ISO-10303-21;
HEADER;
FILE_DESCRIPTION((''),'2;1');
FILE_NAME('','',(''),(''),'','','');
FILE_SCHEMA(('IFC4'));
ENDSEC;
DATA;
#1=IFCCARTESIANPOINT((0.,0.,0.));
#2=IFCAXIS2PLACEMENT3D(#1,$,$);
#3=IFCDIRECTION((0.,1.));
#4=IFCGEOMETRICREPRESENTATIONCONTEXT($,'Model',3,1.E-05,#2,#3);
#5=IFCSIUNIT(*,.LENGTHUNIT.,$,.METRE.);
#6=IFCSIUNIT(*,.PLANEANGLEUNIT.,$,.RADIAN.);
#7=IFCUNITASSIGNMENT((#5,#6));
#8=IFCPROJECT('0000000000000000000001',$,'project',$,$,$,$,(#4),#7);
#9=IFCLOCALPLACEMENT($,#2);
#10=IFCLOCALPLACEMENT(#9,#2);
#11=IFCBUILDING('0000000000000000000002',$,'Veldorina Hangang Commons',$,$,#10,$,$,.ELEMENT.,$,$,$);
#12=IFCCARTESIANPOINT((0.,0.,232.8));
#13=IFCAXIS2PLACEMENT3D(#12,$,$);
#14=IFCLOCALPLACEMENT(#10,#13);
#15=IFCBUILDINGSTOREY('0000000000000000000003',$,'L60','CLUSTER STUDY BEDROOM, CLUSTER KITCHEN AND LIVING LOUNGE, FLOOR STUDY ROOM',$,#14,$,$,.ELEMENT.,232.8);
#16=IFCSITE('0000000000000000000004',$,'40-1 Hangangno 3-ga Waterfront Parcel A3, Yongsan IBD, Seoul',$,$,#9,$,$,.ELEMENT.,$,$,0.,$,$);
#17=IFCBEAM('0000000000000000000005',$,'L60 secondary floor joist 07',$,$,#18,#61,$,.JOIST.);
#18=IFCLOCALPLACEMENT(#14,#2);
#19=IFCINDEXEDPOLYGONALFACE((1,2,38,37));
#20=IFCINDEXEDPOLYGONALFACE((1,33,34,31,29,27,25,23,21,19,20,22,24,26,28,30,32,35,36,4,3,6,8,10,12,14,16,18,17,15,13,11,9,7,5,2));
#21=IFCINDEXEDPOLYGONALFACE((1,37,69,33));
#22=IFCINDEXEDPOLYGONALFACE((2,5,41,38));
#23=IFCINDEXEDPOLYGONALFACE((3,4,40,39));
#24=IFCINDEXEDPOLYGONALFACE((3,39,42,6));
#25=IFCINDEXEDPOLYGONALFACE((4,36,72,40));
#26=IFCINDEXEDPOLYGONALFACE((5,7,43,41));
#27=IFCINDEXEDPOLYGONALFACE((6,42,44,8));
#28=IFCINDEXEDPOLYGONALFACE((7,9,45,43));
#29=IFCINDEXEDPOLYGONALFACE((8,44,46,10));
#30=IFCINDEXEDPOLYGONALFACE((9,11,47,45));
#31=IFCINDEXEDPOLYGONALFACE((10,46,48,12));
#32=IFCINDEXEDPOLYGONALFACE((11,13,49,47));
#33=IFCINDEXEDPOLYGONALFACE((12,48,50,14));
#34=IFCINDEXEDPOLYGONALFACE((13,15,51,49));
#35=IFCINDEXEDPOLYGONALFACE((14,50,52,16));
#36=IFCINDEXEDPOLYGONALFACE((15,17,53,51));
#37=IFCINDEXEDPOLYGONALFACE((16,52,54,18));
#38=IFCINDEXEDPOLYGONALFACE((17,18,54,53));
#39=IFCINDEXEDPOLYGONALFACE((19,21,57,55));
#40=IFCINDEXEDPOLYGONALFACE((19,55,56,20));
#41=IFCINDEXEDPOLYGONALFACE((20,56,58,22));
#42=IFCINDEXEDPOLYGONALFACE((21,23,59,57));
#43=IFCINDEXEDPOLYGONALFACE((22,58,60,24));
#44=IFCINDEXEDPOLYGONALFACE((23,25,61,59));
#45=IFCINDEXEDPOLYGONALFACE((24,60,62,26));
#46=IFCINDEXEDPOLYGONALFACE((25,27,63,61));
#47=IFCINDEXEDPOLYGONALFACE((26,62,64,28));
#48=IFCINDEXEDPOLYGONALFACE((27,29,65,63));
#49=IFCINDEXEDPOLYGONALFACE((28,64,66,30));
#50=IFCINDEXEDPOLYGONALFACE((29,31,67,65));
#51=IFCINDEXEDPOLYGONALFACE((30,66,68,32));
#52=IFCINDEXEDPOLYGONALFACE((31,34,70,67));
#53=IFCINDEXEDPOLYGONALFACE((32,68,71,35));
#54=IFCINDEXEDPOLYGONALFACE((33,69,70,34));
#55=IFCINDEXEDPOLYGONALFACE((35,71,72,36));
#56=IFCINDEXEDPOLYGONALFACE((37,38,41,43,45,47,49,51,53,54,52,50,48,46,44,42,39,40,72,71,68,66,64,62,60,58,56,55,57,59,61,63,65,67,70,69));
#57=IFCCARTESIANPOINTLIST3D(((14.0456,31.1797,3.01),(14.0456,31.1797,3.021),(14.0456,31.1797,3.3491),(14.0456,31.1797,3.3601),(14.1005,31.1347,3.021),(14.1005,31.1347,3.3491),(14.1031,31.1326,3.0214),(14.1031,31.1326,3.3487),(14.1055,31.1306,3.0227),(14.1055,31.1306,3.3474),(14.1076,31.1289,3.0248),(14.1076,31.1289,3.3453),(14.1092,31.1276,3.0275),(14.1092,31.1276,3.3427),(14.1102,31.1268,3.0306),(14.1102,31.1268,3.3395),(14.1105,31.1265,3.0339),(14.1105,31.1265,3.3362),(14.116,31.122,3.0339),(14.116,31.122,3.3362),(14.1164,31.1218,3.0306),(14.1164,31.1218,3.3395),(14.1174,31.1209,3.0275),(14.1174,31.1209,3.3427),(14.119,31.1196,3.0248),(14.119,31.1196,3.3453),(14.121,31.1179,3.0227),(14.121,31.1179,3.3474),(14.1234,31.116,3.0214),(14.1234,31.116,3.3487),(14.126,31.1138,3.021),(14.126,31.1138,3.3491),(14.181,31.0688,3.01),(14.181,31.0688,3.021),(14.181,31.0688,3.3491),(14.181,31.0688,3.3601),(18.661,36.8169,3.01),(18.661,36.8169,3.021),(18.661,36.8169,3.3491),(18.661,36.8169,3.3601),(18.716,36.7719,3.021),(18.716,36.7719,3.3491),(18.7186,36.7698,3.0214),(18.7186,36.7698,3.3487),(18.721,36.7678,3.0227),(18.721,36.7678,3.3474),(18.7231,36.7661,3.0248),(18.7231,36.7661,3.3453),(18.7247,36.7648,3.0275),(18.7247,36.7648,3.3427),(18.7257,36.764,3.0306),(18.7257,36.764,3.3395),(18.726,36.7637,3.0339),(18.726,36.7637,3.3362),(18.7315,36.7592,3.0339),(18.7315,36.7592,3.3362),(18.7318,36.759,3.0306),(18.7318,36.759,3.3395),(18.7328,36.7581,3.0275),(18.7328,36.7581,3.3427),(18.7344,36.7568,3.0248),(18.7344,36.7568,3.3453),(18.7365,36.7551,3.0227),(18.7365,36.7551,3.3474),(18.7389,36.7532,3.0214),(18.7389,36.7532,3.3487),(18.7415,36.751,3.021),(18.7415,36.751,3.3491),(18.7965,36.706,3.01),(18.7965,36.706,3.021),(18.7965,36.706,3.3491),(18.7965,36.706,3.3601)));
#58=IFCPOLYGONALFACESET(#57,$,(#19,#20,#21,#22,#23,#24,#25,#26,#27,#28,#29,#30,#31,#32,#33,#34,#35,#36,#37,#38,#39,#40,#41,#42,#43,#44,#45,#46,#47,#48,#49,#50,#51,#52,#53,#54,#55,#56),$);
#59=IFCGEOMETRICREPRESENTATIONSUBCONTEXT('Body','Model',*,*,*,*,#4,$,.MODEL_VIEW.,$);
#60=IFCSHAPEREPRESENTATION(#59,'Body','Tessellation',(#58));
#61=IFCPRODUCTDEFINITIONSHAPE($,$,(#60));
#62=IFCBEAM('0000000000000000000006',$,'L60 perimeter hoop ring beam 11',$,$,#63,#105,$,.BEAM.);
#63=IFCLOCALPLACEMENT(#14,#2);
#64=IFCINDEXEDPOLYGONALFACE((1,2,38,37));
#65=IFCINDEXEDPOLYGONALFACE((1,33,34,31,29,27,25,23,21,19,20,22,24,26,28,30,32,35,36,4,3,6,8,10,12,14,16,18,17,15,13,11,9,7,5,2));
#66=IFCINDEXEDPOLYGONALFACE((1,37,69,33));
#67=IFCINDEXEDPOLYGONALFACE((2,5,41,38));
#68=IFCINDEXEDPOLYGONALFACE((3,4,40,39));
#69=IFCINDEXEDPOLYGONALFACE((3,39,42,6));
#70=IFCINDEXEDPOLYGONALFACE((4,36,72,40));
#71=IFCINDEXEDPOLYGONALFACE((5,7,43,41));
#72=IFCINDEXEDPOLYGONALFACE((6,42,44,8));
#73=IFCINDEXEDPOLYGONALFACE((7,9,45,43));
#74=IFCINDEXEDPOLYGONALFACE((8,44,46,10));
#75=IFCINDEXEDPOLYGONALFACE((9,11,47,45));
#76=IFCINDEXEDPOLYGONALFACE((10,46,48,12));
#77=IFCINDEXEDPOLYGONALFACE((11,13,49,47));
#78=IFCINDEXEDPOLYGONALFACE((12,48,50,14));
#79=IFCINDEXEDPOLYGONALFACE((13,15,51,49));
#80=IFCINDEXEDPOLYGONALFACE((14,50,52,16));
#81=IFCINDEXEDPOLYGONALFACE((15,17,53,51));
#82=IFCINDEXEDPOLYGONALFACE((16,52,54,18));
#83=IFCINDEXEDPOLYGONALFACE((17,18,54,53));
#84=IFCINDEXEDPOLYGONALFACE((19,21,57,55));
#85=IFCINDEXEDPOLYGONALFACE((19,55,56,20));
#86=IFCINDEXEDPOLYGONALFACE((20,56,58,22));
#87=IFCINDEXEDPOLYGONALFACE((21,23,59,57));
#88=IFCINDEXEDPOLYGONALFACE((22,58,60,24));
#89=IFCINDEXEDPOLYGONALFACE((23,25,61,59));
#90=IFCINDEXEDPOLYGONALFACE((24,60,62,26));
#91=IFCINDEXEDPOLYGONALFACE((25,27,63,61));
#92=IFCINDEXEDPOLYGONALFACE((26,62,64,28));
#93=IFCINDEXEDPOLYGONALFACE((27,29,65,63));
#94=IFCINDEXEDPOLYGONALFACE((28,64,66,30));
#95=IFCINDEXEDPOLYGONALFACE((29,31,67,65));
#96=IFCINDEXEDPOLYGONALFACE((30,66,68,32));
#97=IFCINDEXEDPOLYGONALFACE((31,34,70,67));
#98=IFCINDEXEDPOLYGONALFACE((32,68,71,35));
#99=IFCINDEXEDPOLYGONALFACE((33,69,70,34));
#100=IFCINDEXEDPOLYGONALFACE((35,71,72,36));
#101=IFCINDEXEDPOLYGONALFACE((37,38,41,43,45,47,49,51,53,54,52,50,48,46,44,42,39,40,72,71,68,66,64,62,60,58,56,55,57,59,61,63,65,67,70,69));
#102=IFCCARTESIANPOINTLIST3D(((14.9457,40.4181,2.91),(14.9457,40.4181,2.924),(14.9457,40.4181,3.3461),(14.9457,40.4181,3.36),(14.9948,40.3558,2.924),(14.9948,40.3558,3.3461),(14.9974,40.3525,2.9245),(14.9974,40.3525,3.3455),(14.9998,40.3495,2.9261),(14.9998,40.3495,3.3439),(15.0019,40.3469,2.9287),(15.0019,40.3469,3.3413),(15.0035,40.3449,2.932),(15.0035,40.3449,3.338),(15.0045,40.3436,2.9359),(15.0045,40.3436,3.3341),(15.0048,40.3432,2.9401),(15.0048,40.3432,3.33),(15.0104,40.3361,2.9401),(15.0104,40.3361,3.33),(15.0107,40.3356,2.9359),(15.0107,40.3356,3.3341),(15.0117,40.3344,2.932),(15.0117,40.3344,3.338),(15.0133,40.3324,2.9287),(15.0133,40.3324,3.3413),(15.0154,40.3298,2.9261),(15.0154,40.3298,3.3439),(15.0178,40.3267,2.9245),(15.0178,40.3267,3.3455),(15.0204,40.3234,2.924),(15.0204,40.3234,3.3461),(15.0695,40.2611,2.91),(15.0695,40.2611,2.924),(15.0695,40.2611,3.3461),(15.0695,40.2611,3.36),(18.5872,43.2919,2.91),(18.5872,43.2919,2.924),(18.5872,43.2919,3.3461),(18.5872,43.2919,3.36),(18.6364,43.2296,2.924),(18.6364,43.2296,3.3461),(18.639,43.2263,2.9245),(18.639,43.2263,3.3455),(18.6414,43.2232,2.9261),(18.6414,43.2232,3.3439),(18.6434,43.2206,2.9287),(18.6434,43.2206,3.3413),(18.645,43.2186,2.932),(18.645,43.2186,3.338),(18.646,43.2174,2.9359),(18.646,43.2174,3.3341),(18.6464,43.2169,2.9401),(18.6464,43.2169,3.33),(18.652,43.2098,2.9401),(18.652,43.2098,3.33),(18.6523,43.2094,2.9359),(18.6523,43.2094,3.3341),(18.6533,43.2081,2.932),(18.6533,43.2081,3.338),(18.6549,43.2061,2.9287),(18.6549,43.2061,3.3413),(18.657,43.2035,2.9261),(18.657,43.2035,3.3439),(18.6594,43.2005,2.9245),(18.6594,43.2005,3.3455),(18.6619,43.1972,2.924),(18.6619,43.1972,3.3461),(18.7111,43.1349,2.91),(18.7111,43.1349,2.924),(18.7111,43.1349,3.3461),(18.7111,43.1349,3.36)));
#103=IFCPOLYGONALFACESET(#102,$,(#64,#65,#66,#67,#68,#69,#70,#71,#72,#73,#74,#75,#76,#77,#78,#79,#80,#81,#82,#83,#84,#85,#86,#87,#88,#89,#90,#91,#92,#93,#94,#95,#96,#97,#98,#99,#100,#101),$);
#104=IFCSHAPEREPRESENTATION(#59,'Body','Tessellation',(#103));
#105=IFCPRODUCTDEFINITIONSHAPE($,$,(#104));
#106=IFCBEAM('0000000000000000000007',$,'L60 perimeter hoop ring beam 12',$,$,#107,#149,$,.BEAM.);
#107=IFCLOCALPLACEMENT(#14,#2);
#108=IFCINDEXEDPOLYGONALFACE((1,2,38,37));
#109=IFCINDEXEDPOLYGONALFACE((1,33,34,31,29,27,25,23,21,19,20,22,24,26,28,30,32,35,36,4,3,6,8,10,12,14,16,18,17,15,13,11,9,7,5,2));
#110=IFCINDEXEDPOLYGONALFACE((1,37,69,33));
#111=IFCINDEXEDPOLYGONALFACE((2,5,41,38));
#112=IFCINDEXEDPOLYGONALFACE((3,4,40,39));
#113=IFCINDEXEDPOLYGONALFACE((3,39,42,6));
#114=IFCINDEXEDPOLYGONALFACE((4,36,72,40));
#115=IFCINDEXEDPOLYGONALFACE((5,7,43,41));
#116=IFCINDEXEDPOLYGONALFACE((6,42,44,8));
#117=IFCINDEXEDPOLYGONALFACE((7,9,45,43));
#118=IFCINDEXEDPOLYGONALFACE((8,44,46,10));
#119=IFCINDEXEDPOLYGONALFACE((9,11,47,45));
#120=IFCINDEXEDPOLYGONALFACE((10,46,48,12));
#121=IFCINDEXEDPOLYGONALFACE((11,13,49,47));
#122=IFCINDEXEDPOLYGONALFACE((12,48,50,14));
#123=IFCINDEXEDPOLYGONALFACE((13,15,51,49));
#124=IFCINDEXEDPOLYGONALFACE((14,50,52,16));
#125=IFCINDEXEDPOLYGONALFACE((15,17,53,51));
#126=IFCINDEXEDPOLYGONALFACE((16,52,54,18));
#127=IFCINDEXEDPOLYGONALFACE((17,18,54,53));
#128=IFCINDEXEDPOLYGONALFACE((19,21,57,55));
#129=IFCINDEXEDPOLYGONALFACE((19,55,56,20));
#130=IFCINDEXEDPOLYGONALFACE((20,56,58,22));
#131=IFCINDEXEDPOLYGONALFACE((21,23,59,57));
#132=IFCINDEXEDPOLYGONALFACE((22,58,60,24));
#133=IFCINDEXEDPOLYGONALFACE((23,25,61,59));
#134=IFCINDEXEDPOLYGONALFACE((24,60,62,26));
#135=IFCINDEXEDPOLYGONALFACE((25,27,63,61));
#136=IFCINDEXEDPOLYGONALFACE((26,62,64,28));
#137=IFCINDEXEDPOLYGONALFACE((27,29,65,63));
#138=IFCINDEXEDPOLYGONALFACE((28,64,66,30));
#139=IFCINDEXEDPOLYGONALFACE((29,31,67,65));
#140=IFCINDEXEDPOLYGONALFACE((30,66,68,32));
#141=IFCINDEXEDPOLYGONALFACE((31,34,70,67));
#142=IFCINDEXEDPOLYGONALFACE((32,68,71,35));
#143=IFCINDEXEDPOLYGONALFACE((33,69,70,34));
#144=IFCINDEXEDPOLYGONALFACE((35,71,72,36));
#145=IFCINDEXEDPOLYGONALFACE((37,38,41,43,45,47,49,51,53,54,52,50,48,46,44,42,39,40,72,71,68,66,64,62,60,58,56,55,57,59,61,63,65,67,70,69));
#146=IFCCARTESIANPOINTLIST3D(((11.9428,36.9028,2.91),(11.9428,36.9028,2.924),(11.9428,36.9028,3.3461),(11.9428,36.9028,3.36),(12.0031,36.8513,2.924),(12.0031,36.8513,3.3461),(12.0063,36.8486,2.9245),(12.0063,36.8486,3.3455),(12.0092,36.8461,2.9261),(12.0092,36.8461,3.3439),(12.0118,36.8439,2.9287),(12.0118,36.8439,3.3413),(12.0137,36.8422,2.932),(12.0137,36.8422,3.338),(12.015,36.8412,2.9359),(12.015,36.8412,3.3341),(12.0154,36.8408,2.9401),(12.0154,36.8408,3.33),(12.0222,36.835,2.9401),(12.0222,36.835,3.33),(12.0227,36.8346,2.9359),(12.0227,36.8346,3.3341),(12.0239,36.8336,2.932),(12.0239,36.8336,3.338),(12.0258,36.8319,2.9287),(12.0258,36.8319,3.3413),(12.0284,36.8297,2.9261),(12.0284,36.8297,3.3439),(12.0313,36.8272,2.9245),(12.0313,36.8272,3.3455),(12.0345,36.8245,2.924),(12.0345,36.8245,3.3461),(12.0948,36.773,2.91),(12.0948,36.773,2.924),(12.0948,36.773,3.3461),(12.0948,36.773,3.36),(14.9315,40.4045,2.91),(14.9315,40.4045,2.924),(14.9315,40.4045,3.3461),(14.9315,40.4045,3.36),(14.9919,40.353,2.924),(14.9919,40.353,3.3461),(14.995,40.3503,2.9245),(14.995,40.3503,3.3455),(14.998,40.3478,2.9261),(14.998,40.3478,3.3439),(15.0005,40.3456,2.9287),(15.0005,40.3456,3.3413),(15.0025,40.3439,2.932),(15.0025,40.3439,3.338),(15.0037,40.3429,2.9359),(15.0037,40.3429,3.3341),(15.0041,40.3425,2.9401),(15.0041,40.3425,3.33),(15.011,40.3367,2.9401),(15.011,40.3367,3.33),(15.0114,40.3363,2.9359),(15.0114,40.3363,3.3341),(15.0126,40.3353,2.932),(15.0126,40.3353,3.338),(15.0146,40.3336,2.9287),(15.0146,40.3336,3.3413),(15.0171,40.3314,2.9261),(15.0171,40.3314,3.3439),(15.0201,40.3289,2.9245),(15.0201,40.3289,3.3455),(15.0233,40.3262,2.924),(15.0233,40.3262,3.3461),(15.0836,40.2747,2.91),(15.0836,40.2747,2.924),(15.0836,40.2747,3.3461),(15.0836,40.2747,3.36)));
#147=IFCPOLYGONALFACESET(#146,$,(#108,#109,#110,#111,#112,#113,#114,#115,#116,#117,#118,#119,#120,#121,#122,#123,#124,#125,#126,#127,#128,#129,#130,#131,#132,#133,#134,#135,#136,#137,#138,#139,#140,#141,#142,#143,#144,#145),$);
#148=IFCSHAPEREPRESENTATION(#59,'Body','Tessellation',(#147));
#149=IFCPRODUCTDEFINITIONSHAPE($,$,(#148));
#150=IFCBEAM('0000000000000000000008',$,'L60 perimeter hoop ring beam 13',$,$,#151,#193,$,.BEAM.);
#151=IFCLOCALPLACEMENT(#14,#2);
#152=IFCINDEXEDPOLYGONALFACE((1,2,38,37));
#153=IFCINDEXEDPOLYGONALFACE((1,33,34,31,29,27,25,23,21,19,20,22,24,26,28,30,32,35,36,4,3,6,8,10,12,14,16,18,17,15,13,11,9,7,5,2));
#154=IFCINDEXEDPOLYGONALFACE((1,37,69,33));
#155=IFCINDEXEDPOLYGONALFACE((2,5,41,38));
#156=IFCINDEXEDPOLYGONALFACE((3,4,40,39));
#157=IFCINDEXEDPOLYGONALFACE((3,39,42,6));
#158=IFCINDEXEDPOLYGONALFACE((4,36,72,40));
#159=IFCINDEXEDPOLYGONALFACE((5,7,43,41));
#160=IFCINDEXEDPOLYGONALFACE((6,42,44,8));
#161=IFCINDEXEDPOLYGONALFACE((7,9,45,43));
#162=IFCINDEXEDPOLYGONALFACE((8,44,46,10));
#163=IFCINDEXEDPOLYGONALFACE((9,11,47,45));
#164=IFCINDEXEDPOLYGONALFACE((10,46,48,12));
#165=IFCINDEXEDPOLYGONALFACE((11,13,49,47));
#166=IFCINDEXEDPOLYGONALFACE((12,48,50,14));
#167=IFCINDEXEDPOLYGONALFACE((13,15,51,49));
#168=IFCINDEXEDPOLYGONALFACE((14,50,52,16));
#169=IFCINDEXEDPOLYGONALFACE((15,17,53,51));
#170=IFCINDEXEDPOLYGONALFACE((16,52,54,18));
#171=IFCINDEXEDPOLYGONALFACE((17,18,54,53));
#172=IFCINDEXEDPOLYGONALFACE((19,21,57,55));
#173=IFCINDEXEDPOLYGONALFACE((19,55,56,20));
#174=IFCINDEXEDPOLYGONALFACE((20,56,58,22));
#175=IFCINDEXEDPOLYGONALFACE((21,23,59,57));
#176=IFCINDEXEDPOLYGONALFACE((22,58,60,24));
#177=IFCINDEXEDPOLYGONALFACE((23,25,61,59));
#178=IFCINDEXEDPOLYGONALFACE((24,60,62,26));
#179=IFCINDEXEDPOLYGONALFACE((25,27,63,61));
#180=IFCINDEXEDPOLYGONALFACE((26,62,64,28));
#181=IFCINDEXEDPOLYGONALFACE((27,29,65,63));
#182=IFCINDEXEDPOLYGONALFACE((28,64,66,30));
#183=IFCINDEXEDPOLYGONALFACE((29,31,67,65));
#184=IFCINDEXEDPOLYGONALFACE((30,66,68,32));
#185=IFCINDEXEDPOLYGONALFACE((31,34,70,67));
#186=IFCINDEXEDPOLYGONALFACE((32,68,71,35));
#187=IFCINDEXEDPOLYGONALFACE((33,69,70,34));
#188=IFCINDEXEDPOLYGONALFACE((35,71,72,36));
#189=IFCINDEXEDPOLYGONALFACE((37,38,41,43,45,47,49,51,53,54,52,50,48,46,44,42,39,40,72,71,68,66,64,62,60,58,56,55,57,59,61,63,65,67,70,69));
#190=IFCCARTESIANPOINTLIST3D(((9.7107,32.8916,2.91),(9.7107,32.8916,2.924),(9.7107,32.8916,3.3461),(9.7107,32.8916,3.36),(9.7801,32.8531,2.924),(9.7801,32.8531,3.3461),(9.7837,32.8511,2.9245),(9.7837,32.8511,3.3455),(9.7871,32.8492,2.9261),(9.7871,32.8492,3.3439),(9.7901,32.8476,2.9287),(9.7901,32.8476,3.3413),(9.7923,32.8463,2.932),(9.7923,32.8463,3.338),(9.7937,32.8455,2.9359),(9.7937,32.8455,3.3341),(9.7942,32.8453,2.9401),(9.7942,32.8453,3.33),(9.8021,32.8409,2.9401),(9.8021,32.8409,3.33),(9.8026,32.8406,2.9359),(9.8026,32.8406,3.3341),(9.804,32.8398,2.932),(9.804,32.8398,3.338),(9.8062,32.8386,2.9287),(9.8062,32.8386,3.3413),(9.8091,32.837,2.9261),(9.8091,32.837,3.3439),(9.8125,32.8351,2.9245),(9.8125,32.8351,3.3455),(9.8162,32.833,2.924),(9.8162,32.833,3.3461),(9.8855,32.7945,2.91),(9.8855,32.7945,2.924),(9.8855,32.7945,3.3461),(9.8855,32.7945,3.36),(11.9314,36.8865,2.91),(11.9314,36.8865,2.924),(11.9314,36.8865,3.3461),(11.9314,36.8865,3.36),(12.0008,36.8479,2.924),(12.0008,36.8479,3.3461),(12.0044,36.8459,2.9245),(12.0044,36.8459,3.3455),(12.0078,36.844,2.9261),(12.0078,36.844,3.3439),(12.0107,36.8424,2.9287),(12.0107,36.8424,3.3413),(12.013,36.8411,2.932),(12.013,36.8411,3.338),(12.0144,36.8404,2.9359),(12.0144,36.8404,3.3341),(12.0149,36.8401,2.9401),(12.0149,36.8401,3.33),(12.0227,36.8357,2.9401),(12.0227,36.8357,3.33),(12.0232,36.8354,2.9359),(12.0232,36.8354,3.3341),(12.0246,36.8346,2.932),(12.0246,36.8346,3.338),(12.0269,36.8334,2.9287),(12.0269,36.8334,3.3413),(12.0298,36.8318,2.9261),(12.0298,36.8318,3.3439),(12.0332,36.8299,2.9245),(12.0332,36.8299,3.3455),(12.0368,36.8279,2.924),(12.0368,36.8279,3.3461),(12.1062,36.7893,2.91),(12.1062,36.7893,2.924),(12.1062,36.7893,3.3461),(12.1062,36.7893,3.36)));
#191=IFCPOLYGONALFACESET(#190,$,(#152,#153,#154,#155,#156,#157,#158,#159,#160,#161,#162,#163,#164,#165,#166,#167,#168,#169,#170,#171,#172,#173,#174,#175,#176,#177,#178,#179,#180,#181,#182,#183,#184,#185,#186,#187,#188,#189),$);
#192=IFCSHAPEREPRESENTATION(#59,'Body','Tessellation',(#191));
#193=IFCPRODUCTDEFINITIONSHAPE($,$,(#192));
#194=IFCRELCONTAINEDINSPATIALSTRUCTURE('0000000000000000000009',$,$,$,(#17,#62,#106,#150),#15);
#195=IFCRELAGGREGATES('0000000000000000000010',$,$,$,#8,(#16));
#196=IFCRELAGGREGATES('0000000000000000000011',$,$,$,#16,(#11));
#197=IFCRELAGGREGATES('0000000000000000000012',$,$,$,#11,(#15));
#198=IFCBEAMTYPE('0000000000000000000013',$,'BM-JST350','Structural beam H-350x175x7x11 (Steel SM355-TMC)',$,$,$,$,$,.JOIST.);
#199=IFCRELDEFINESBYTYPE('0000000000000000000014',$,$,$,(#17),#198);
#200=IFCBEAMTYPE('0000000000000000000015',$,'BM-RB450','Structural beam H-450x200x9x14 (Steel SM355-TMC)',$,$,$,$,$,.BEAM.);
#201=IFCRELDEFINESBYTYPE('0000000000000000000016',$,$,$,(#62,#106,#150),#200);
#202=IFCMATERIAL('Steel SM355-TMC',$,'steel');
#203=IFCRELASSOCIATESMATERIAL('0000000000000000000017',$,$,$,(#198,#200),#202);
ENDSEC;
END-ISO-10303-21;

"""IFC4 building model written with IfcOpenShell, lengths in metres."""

from ifc_helpers import new_model, si_unit, direction, frame, origin, origin_2d, place, context, subcontext, project, spatial, i_section, extrude, material, material_profile, profile_set, type_object, element, save


model = new_model("IFC4")

# Units and contexts
model_context = context("Model", 3, precision=1e-05, world=origin(), true_north=direction((0.0, 1.0)))
body_context = subcontext(model_context, "Body", "Model", "MODEL_VIEW")
ifc_project = project(units=[si_unit("LENGTHUNIT", "METRE"), si_unit("PLANEANGLEUNIT", "RADIAN")], contexts=[model_context])

# Site, building, storey
site_placement = place(None, origin())
site = spatial("IfcSite", under=ifc_project, at=site_placement, Name="40-1 Hangangno 3-ga Waterfront Parcel A3, Yongsan IBD, Seoul", CompositionType="ELEMENT", RefElevation=0.0)
building_placement = place(site_placement, origin())
building = spatial("IfcBuilding", under=site, at=building_placement, Name="Veldorina Hangang Commons", CompositionType="ELEMENT")
storey_placement = place(building_placement, frame((0.0, 0.0, 232.8)))
storey = spatial("IfcBuildingStorey", under=building, at=storey_placement, Name="L60", Description="CLUSTER STUDY BEDROOM, CLUSTER KITCHEN AND LIVING LOUNGE, FLOOR STUDY ROOM", CompositionType="ELEMENT", Elevation=232.8)

# Beams
ifc_material_1 = material(Name="Steel SM355-TMC", Category="steel")
ifc_material_profile_1 = material_profile(ifc_material_1, i_section(OverallWidth=0.175, OverallDepth=0.3501, WebThickness=0.0071, FlangeThickness=0.011, FilletRadius=0.0129, at=origin_2d()), Name="H-350x175x7x11")
ifc_profile_set_1 = profile_set([ifc_material_profile_1], Name="Steel SM355-TMC")
beam_type_1 = type_object("IfcBeamType", Name="BM-JST350", Description="Structural beam H-350x175x7x11 (Steel SM355-TMC)", PredefinedType="JOIST", material=ifc_profile_set_1)
beam_1_placement = place(storey_placement, frame((18.7288, 36.7615, 3.1851), z_axis=(-0.633502, -0.773741, 0.0), x_axis=(0.773741, -0.633502, 0.0)))
element("IfcBeam", 1, at=beam_1_placement, inside=storey, type_object=beam_type_1, Name="L60 secondary floor joist 07", PredefinedType="JOIST", context=body_context, shape_type="SweptSolid", body=[
    extrude(i_section(OverallWidth=0.175, OverallDepth=0.3501, WebThickness=0.0071, FlangeThickness=0.011, FilletRadius=0.0129, at=origin_2d()), origin(), (0.0, 0.0, 1.0), 7.2856),
])
ifc_material_profile_2 = material_profile(ifc_material_1, i_section(OverallWidth=0.2, OverallDepth=0.45, WebThickness=0.009, FlangeThickness=0.0139, FilletRadius=0.0161, at=origin_2d()), Name="H-450x200x9x14")
ifc_profile_set_2 = profile_set([ifc_material_profile_2], Name="Steel SM355-TMC")
beam_type_2 = type_object("IfcBeamType", Name="BM-RB450", Description="Structural beam H-450x200x9x14 (Steel SM355-TMC)", PredefinedType="BEAM", material=ifc_profile_set_2)
beam_2_placement = place(storey_placement, frame((18.6492, 43.2134, 3.135), z_axis=(-0.785005, -0.619489, 0.0), x_axis=(0.619489, -0.785005, 0.0)))
element("IfcBeam", 2, at=beam_2_placement, inside=storey, type_object=beam_type_2, Name="L60 perimeter hoop ring beam 11", PredefinedType="BEAM", context=body_context, shape_type="SweptSolid", body=[
    extrude(i_section(OverallWidth=0.2, OverallDepth=0.45, WebThickness=0.009, FlangeThickness=0.0139, FilletRadius=0.0161, at=origin_2d()), origin(), (0.0, 0.0, 1.0), 4.6389),
])
beam_3_placement = place(storey_placement, frame((15.0076, 40.3396, 3.135), z_axis=(-0.6492, -0.760618, 0.0), x_axis=(0.760618, -0.6492, 0.0)))
element("IfcBeam", 3, at=beam_3_placement, inside=storey, type_object=beam_type_2, Name="L60 perimeter hoop ring beam 12", PredefinedType="BEAM", context=body_context, shape_type="SweptSolid", body=[
    extrude(i_section(OverallWidth=0.2, OverallDepth=0.45, WebThickness=0.009, FlangeThickness=0.0139, FilletRadius=0.0161, at=origin_2d()), origin(), (0.0, 0.0, 1.0), 4.6038),
])
beam_4_placement = place(storey_placement, frame((12.0188, 36.8379, 3.135), z_axis=(-0.485865, -0.874034, 0.0), x_axis=(0.874034, -0.485865, 0.0)))
element("IfcBeam", 4, at=beam_4_placement, inside=storey, type_object=beam_type_2, Name="L60 perimeter hoop ring beam 13", PredefinedType="BEAM", context=body_context, shape_type="SweptSolid", body=[
    extrude(i_section(OverallWidth=0.2, OverallDepth=0.45, WebThickness=0.009, FlangeThickness=0.0139, FilletRadius=0.0161, at=origin_2d()), origin(), (0.0, 0.0, 1.0), 4.5706),
])

save(model, "model.ifc")
